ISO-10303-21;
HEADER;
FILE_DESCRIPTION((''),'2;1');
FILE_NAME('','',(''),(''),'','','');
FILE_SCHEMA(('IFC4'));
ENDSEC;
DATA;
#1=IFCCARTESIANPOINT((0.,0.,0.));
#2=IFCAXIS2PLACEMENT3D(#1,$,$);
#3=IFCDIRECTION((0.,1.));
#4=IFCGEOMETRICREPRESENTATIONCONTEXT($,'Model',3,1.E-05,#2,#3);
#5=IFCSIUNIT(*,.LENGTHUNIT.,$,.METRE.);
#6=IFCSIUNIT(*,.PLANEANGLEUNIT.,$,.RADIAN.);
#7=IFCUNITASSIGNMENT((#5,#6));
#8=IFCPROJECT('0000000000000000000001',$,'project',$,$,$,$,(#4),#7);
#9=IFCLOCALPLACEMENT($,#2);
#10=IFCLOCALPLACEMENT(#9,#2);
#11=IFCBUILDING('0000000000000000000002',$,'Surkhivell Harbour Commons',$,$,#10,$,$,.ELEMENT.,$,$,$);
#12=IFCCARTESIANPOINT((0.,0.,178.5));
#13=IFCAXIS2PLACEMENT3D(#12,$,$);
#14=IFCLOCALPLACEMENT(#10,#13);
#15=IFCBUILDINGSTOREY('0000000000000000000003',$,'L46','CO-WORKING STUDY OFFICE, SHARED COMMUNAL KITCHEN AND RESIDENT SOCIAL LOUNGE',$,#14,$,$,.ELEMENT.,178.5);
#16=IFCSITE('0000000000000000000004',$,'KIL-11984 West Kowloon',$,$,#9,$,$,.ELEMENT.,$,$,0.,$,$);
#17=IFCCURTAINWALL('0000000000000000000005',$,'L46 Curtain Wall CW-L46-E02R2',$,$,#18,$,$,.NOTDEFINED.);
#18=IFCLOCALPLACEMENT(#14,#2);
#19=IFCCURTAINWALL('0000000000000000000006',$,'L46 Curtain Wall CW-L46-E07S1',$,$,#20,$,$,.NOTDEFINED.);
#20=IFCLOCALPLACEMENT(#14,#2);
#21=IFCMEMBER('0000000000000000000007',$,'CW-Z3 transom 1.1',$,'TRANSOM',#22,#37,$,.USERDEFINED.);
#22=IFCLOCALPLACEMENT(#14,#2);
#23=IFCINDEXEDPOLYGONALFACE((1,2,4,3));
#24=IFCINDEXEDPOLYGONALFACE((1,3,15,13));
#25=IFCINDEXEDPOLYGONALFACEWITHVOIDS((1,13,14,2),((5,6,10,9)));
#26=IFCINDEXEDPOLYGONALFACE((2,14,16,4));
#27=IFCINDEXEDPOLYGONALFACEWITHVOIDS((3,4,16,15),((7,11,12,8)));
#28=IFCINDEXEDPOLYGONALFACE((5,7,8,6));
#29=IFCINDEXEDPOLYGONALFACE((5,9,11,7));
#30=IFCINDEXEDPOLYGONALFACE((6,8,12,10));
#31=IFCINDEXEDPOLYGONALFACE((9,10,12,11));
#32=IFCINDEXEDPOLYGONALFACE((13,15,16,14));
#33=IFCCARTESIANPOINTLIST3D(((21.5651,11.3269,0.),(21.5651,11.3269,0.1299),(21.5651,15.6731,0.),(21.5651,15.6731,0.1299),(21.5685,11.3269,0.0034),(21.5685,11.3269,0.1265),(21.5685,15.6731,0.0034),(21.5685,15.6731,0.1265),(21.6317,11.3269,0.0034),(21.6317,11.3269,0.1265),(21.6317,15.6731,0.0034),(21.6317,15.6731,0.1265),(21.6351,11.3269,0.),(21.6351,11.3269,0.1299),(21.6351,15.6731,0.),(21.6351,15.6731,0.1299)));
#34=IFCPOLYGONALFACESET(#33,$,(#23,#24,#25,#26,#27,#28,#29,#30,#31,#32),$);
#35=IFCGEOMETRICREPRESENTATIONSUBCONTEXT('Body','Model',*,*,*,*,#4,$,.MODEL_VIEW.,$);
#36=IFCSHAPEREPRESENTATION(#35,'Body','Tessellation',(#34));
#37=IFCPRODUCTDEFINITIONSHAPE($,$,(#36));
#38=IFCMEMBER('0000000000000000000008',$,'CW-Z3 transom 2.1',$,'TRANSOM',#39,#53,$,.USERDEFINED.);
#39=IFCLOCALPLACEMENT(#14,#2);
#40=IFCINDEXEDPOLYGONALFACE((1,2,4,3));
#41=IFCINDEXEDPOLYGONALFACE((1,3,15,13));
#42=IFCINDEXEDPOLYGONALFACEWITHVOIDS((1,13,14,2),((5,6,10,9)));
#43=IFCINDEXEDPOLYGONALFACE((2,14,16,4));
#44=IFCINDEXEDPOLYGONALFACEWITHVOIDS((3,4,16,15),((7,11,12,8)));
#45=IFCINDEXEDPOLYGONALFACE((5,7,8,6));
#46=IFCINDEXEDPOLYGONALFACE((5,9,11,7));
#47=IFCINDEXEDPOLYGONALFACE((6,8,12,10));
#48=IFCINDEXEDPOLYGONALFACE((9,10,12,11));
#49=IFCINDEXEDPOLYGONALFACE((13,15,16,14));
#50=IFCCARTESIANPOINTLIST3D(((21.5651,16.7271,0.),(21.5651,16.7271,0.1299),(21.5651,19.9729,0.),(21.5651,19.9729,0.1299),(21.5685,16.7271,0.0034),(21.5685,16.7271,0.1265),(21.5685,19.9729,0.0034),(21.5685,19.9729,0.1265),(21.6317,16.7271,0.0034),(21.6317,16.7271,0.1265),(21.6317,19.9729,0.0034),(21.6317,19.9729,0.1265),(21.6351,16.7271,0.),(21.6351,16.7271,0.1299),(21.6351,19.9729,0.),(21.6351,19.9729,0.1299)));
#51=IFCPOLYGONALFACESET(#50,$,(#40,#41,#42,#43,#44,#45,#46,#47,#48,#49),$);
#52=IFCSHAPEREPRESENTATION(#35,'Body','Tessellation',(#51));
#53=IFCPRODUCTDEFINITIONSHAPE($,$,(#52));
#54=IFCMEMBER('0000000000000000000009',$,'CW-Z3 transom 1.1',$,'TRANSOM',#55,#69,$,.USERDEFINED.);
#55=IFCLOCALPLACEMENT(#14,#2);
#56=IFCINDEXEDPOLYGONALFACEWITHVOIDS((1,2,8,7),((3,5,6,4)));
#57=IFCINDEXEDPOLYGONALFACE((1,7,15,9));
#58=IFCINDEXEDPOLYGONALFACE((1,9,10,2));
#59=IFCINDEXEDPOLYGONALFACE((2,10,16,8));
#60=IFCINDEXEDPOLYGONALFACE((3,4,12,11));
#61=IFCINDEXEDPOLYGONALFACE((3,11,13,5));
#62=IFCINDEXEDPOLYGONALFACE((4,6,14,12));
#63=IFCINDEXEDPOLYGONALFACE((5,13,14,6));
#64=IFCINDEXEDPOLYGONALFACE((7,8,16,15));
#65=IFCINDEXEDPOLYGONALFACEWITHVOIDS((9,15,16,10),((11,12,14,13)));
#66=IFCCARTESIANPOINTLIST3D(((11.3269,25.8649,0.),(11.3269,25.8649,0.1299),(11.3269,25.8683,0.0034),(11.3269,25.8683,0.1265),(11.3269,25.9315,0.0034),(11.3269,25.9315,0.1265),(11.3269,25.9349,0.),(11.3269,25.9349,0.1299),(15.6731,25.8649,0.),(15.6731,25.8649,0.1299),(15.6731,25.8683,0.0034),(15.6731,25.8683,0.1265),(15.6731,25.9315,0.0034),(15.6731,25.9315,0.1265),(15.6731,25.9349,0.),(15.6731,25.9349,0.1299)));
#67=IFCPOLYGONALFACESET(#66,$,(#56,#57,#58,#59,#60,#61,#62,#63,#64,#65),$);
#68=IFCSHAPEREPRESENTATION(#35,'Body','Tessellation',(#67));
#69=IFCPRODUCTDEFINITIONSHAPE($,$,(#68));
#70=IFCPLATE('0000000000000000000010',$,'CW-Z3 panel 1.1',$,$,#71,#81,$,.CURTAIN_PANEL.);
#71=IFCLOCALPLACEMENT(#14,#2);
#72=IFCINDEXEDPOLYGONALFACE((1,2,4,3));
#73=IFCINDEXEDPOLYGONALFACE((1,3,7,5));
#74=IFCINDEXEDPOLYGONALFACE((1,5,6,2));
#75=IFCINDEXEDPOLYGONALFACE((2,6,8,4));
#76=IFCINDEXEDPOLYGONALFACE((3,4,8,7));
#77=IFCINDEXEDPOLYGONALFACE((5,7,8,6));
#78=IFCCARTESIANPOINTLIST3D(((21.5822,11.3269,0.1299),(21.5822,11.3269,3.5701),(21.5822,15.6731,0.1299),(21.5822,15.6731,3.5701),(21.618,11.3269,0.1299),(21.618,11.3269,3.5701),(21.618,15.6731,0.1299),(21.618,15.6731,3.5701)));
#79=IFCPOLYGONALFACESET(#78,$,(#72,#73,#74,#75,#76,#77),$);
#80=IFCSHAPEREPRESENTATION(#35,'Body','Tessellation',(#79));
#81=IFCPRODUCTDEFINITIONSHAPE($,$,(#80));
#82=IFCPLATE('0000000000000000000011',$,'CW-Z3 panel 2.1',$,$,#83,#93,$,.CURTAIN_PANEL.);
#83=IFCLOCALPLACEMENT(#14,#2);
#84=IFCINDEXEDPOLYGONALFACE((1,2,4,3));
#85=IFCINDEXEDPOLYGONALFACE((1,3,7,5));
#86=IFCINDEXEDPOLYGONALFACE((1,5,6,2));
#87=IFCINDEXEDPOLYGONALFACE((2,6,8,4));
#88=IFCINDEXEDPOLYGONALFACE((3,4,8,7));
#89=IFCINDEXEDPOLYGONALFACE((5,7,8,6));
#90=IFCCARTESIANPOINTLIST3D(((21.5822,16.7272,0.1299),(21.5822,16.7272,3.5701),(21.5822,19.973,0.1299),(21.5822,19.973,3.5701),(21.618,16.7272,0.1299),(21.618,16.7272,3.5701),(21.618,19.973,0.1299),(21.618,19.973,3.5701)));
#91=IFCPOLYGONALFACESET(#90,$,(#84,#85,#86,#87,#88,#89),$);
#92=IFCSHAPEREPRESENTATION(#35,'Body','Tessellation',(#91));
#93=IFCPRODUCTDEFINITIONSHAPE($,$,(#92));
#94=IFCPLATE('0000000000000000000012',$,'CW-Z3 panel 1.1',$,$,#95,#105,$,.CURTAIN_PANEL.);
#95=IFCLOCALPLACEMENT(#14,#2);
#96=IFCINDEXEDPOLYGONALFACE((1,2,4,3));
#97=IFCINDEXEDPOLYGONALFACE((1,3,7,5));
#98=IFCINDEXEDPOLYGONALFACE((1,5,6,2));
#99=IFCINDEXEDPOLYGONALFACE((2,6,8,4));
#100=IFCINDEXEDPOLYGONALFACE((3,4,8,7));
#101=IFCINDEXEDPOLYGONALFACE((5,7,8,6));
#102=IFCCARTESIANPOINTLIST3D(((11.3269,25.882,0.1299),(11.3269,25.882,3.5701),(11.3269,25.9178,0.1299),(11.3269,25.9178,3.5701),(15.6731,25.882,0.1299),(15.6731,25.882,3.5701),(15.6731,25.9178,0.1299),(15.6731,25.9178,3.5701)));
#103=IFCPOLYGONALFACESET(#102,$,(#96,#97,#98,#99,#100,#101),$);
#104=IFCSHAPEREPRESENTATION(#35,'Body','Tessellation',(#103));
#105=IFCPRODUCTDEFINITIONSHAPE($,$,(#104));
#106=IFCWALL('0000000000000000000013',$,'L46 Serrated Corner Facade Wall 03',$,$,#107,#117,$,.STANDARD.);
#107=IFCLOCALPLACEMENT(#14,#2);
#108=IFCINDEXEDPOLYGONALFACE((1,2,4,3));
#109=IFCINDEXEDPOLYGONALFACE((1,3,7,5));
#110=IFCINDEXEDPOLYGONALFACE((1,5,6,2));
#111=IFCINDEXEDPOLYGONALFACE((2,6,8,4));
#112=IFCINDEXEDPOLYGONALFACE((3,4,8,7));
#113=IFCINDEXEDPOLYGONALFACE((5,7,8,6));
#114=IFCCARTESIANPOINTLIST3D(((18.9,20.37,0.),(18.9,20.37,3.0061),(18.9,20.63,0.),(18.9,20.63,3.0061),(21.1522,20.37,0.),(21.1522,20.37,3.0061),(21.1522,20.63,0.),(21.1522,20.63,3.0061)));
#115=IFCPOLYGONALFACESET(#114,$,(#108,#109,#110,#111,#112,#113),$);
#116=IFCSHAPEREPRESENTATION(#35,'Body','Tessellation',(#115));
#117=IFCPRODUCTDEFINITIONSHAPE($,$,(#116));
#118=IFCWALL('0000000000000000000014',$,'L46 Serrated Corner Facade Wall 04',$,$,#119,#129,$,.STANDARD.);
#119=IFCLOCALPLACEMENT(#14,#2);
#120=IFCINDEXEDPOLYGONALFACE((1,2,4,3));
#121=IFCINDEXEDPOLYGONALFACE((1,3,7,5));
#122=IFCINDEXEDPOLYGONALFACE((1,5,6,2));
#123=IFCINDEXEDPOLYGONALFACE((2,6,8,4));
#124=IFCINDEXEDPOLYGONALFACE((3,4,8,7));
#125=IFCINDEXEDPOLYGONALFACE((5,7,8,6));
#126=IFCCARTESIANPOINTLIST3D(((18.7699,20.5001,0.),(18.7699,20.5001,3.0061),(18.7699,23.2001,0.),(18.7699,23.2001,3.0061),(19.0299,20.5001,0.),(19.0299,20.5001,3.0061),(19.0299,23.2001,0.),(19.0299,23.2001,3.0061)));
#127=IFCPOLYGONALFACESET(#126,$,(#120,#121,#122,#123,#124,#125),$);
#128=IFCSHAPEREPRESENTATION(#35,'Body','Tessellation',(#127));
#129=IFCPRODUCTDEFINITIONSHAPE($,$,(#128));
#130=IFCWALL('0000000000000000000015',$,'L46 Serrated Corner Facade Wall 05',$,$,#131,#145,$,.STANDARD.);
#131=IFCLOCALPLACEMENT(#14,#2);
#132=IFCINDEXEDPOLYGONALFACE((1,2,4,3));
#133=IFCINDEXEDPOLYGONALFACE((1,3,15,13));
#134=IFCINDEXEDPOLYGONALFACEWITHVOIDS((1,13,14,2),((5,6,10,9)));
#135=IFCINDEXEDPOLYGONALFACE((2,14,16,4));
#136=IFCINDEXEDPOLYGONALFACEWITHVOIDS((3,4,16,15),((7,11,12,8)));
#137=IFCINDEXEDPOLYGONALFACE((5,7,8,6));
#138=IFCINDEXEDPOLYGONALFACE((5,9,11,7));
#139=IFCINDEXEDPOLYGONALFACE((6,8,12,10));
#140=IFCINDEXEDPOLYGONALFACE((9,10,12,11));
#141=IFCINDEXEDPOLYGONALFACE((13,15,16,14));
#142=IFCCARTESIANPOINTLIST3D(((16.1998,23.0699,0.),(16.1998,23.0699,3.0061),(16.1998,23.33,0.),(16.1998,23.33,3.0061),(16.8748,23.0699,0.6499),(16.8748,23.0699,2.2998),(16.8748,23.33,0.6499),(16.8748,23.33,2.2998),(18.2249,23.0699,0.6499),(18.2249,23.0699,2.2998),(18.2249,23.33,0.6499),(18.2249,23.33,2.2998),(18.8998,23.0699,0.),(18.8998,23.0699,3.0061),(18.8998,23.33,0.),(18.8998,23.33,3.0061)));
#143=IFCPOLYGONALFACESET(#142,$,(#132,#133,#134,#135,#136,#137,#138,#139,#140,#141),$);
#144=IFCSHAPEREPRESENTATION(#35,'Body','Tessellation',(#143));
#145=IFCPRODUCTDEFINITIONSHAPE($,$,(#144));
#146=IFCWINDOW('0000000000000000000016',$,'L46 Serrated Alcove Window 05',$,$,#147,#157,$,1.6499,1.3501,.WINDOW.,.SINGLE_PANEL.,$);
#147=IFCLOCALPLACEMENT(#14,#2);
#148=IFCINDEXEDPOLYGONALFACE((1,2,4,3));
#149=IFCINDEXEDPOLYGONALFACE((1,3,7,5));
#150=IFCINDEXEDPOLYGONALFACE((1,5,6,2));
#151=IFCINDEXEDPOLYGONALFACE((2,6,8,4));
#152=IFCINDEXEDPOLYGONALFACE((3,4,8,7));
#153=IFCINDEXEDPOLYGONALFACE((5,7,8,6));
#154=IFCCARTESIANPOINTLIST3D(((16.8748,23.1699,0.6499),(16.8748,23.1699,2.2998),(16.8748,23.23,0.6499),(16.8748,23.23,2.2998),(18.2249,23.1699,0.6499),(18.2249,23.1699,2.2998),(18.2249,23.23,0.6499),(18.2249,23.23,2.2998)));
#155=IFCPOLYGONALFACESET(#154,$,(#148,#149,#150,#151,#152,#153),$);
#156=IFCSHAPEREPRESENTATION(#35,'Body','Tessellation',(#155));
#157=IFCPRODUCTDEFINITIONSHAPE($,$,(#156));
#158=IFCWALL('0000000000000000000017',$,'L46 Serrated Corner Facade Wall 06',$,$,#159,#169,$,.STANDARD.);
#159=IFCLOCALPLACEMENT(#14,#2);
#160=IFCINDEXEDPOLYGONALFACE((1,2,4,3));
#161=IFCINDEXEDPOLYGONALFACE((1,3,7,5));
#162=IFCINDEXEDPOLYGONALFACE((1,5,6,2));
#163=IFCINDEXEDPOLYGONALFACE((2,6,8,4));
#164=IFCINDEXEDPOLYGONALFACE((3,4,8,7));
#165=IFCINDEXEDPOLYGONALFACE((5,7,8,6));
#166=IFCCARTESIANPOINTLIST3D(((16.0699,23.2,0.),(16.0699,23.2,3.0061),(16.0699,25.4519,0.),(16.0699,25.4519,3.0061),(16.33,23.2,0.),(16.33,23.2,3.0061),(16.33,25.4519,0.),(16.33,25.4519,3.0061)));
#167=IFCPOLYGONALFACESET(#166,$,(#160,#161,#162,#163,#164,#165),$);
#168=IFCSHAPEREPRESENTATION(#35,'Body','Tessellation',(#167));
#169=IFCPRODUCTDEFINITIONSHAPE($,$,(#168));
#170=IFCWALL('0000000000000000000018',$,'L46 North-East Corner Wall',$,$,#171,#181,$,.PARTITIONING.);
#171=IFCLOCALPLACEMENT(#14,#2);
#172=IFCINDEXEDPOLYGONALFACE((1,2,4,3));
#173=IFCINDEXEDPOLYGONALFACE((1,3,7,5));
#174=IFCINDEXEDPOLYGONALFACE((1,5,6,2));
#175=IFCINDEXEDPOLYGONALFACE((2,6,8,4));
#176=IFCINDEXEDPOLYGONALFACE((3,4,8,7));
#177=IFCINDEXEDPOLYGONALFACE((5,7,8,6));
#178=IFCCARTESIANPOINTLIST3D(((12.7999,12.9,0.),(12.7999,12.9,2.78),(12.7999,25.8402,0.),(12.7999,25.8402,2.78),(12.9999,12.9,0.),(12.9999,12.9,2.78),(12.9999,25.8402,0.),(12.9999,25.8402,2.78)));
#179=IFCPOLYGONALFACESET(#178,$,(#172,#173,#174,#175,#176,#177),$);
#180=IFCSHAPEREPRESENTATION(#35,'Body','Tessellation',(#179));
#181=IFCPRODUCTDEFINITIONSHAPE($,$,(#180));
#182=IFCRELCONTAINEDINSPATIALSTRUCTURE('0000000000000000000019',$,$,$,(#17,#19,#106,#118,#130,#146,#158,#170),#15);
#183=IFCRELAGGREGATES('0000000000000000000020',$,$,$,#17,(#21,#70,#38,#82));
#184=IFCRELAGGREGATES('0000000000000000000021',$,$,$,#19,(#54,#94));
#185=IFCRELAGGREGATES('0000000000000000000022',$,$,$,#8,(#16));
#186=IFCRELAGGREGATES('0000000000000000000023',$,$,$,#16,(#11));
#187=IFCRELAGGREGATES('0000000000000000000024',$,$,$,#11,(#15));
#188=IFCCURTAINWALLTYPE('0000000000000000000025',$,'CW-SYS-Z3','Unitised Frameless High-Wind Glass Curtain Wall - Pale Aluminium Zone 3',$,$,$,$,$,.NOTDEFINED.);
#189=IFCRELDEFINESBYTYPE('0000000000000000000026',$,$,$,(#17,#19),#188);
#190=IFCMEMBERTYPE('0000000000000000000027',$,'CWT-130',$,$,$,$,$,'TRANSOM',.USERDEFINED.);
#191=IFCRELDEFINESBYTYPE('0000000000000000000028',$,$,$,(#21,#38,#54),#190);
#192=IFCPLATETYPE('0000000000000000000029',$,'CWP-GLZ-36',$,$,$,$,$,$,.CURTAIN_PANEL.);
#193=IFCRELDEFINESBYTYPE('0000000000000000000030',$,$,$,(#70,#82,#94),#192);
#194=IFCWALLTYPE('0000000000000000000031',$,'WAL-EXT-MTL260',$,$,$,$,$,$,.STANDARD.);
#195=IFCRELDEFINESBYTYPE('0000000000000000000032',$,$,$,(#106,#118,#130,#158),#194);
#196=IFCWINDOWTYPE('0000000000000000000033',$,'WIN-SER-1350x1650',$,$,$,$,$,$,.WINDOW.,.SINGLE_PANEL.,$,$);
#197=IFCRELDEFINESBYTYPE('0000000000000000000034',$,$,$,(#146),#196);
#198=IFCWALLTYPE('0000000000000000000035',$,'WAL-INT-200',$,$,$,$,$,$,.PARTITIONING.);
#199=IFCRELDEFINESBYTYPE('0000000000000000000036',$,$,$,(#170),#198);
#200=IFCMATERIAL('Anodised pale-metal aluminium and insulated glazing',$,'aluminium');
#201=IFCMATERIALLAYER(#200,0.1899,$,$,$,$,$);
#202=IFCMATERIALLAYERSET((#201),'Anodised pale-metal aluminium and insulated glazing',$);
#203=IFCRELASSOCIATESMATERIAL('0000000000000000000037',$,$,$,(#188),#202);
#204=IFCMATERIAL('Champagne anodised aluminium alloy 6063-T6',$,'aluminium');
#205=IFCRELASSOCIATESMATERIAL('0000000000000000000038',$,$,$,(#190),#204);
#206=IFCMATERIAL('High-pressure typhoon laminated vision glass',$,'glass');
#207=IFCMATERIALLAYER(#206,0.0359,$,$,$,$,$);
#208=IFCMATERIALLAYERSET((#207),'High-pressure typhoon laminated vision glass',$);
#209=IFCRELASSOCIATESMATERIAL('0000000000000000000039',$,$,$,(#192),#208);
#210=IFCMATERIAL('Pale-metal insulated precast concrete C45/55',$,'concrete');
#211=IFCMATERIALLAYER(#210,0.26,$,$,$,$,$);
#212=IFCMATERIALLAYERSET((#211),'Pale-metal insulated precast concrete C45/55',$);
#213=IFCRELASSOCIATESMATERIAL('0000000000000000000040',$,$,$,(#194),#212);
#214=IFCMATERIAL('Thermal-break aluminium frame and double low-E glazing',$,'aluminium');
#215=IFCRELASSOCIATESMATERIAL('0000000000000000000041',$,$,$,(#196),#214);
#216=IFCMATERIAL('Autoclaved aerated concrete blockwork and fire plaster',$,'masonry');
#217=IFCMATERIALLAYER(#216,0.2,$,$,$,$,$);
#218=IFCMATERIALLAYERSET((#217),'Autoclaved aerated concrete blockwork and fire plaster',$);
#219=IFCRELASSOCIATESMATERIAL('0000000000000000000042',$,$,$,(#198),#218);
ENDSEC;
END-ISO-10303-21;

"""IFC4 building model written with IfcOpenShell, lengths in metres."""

from ifc_helpers import new_model, si_unit, direction, frame, frame_2d, origin, origin_2d, place, context, subcontext, project, spatial, rectangle, hollow_rectangle, extrude, material, layer, layer_set, material_profile, profile_set, type_object, element, fill, aggregate, save


model = new_model("IFC4")

# Units and contexts
model_context = context("Model", 3, precision=1e-05, world=origin(), true_north=direction((0.0, 1.0)))
body_context = subcontext(model_context, "Body", "Model", "MODEL_VIEW")
ifc_project = project(units=[si_unit("LENGTHUNIT", "METRE"), si_unit("PLANEANGLEUNIT", "RADIAN")], contexts=[model_context])

# Site, building, storey
site_placement = place(None, origin())
site = spatial("IfcSite", under=ifc_project, at=site_placement, Name="KIL-11984 West Kowloon", CompositionType="ELEMENT", RefElevation=0.0)
building_placement = place(site_placement, origin())
building = spatial("IfcBuilding", under=site, at=building_placement, Name="Surkhivell Harbour Commons", CompositionType="ELEMENT")
storey_placement = place(building_placement, frame((0.0, 0.0, 178.5)))
storey = spatial("IfcBuildingStorey", under=building, at=storey_placement, Name="L46", Description="CO-WORKING STUDY OFFICE, SHARED COMMUNAL KITCHEN AND RESIDENT SOCIAL LOUNGE", CompositionType="ELEMENT", Elevation=178.5)

# Curtain wall
ifc_material_1 = material(Name="Anodised pale-metal aluminium and insulated glazing", Category="aluminium")
ifc_layer_1 = layer(ifc_material_1, 0.1899)
ifc_layer_set_1 = layer_set([ifc_layer_1], Name="Anodised pale-metal aluminium and insulated glazing")
curtain_wall_type = type_object("IfcCurtainWallType", Name="CW-SYS-Z3", Description="Unitised Frameless High-Wind Glass Curtain Wall - Pale Aluminium Zone 3", PredefinedType="NOTDEFINED", material=ifc_layer_set_1)
curtain_wall_1_placement = place(storey_placement, origin())
curtain_wall_1 = element("IfcCurtainWall", 1, at=curtain_wall_1_placement, inside=storey, type_object=curtain_wall_type, Name="L46 Curtain Wall CW-L46-E02R2", PredefinedType="NOTDEFINED")

# Curtain wall
curtain_wall_2_placement = place(storey_placement, origin())
curtain_wall_2 = element("IfcCurtainWall", 2, at=curtain_wall_2_placement, inside=storey, type_object=curtain_wall_type, Name="L46 Curtain Wall CW-L46-E07S1", PredefinedType="NOTDEFINED")

# Members
ifc_material_2 = material(Name="Champagne anodised aluminium alloy 6063-T6", Category="aluminium")
ifc_material_profile_1 = material_profile(ifc_material_2, hollow_rectangle(XDim=0.0701, YDim=0.1299, WallThickness=0.0034, at=origin_2d()), Name="ALU-TRAN-70x130")
ifc_profile_set_1 = profile_set([ifc_material_profile_1], Name="Champagne anodised aluminium alloy 6063-T6")
member_type_1 = type_object("IfcMemberType", Name="CWT-130", ElementType="TRANSOM", PredefinedType="USERDEFINED", material=ifc_profile_set_1)
member_1_placement = place(storey_placement, frame((21.6001, 11.3269, 0.0649), z_axis=(0.0, 1.0, 0.0), x_axis=(-1.0, 0.0, 0.0)))
member_1 = element("IfcMember", 3, at=member_1_placement, type_object=member_type_1, Name="CW-Z3 transom 1.1", ObjectType="TRANSOM", PredefinedType="USERDEFINED", context=body_context, shape_type="SweptSolid", body=[
    extrude(hollow_rectangle(XDim=0.0701, YDim=0.1299, WallThickness=0.0034, at=origin_2d()), origin(), (0.0, 0.0, 1.0), 4.3462),
])
member_2_placement = place(storey_placement, frame((21.6001, 16.7271, 0.0649), z_axis=(0.0, 1.0, 0.0), x_axis=(-1.0, 0.0, 0.0)))
member_2 = element("IfcMember", 4, at=member_2_placement, type_object=member_type_1, Name="CW-Z3 transom 2.1", ObjectType="TRANSOM", PredefinedType="USERDEFINED", context=body_context, shape_type="SweptSolid", body=[
    extrude(hollow_rectangle(XDim=0.0701, YDim=0.1299, WallThickness=0.0034, at=origin_2d()), origin(), (0.0, 0.0, 1.0), 3.2458),
])
member_3_placement = place(storey_placement, frame((15.6731, 25.8999, 0.0649), z_axis=(-1.0, 0.0, 0.0), x_axis=(0.0, -1.0, 0.0)))
member_3 = element("IfcMember", 5, at=member_3_placement, type_object=member_type_1, Name="CW-Z3 transom 1.1", ObjectType="TRANSOM", PredefinedType="USERDEFINED", context=body_context, shape_type="SweptSolid", body=[
    extrude(hollow_rectangle(XDim=0.0701, YDim=0.1299, WallThickness=0.0034, at=origin_2d()), origin(), (0.0, 0.0, 1.0), 4.3462),
])

# Plates
ifc_material_3 = material(Name="High-pressure typhoon laminated vision glass", Category="glass")
ifc_layer_2 = layer(ifc_material_3, 0.0359)
ifc_layer_set_2 = layer_set([ifc_layer_2], Name="High-pressure typhoon laminated vision glass")
plate_type = type_object("IfcPlateType", Name="CWP-GLZ-36", PredefinedType="CURTAIN_PANEL", material=ifc_layer_set_2)
plate_1_placement = place(storey_placement, frame((21.6001, 11.3269, 0.1299), z_axis=(0.0, 0.0, 1.0), x_axis=(0.0, 1.0, 0.0)))
plate_1 = element("IfcPlate", 6, at=plate_1_placement, type_object=plate_type, Name="CW-Z3 panel 1.1", PredefinedType="CURTAIN_PANEL", context=body_context, shape_type="SweptSolid", body=[
    extrude(rectangle(XDim=4.3462, YDim=0.0359, at=frame_2d((2.1731, 0.0))), origin(), (0.0, 0.0, 1.0), 3.4402),
])
plate_2_placement = place(storey_placement, frame((21.6001, 16.7271, 0.1299), z_axis=(0.0, 0.0, 1.0), x_axis=(0.0, 1.0, 0.0)))
plate_2 = element("IfcPlate", 7, at=plate_2_placement, type_object=plate_type, Name="CW-Z3 panel 2.1", PredefinedType="CURTAIN_PANEL", context=body_context, shape_type="SweptSolid", body=[
    extrude(rectangle(XDim=3.2458, YDim=0.0359, at=frame_2d((1.623, 0.0))), origin(), (0.0, 0.0, 1.0), 3.4402),
])
aggregate(curtain_wall_1, [member_1, plate_1, member_2, plate_2])
plate_3_placement = place(storey_placement, frame((15.6731, 25.8999, 0.1299), z_axis=(0.0, 0.0, 1.0), x_axis=(-1.0, 0.0, 0.0)))
plate_3 = element("IfcPlate", 8, at=plate_3_placement, type_object=plate_type, Name="CW-Z3 panel 1.1", PredefinedType="CURTAIN_PANEL", context=body_context, shape_type="SweptSolid", body=[
    extrude(rectangle(XDim=4.3462, YDim=0.0359, at=frame_2d((2.1731, 0.0))), origin(), (0.0, 0.0, 1.0), 3.4402),
])
aggregate(curtain_wall_2, [member_3, plate_3])

# Walls
ifc_material_4 = material(Name="Pale-metal insulated precast concrete C45/55", Category="concrete")
ifc_layer_3 = layer(ifc_material_4, 0.26)
ifc_layer_set_3 = layer_set([ifc_layer_3], Name="Pale-metal insulated precast concrete C45/55")
wall_type_1 = type_object("IfcWallType", Name="WAL-EXT-MTL260", PredefinedType="STANDARD", material=ifc_layer_set_3)
wall_1_placement = place(storey_placement, frame((21.1521, 20.5, 0.0), z_axis=(0.0, 0.0, 1.0), x_axis=(-1.0, 0.0, 0.0)))
element("IfcWall", 9, at=wall_1_placement, inside=storey, type_object=wall_type_1, Name="L46 Serrated Corner Facade Wall 03", PredefinedType="STANDARD", context=body_context, shape_type="SweptSolid", body=[
    extrude(rectangle(XDim=2.2522, YDim=0.26, at=frame_2d((1.126, 0.0))), origin(), (0.0, 0.0, 1.0), 3.0061),
])
wall_2_placement = place(storey_placement, frame((18.8999, 20.5, 0.0), z_axis=(0.0, 0.0, 1.0), x_axis=(0.0, 1.0, 0.0)))
element("IfcWall", 10, at=wall_2_placement, inside=storey, type_object=wall_type_1, Name="L46 Serrated Corner Facade Wall 04", PredefinedType="STANDARD", context=body_context, shape_type="SweptSolid", body=[
    extrude(rectangle(XDim=2.7, YDim=0.26, at=frame_2d((1.3501, 0.0))), origin(), (0.0, 0.0, 1.0), 3.0061),
])

# Wall, opening, window
wall_3_placement = place(storey_placement, frame((18.8999, 23.2, 0.0), z_axis=(0.0, 0.0, 1.0), x_axis=(-1.0, 0.0, 0.0)))
wall_3 = element("IfcWall", 11, at=wall_3_placement, inside=storey, type_object=wall_type_1, Name="L46 Serrated Corner Facade Wall 05", PredefinedType="STANDARD", context=body_context, shape_type="SweptSolid", body=[
    extrude(rectangle(XDim=2.7, YDim=0.26, at=frame_2d((1.3501, 0.0))), origin(), (0.0, 0.0, 1.0), 3.0061),
])
opening_placement = place(wall_3_placement, frame((0.675, 0.0, 0.6499)))
opening = element("IfcOpeningElement", 12, at=opening_placement, cuts=wall_3, PredefinedType="OPENING", context=body_context, shape_type="SweptSolid", body=[
    extrude(rectangle(XDim=1.3501, YDim=1.6499, at=frame_2d((0.675, 0.825))), frame((0.0, 0.1399, 0.0), z_axis=(0.0, -1.0, 0.0), x_axis=(1.0, 0.0, 0.0)), (0.0, 0.0, 1.0), 0.28),
])
ifc_material_5 = material(Name="Thermal-break aluminium frame and double low-E glazing", Category="aluminium")
window_type = type_object("IfcWindowType", Name="WIN-SER-1350x1650", PartitioningType="SINGLE_PANEL", PredefinedType="WINDOW", material=ifc_material_5)
window_placement = place(opening_placement, origin())
window = element("IfcWindow", 13, at=window_placement, inside=storey, type_object=window_type, Name="L46 Serrated Alcove Window 05", OverallHeight=1.6499, OverallWidth=1.3501, PartitioningType="SINGLE_PANEL", PredefinedType="WINDOW", context=body_context, shape_type="SweptSolid", body=[
    extrude(rectangle(XDim=1.3501, YDim=1.6499, at=frame_2d((0.675, 0.825))), frame((0.0, 0.03, 0.0), z_axis=(0.0, -1.0, 0.0), x_axis=(1.0, 0.0, 0.0)), (0.0, 0.0, 1.0), 0.0601),
])
fill(opening, window)

# Walls
wall_4_placement = place(storey_placement, frame((16.2, 23.2, 0.0), z_axis=(0.0, 0.0, 1.0), x_axis=(0.0, 1.0, 0.0)))
element("IfcWall", 14, at=wall_4_placement, inside=storey, type_object=wall_type_1, Name="L46 Serrated Corner Facade Wall 06", PredefinedType="STANDARD", context=body_context, shape_type="SweptSolid", body=[
    extrude(rectangle(XDim=2.252, YDim=0.26, at=frame_2d((1.126, 0.0))), origin(), (0.0, 0.0, 1.0), 3.0061),
])
ifc_material_6 = material(Name="Autoclaved aerated concrete blockwork and fire plaster", Category="masonry")
ifc_layer_4 = layer(ifc_material_6, 0.2)
ifc_layer_set_4 = layer_set([ifc_layer_4], Name="Autoclaved aerated concrete blockwork and fire plaster")
wall_type_2 = type_object("IfcWallType", Name="WAL-INT-200", PredefinedType="PARTITIONING", material=ifc_layer_set_4)
wall_5_placement = place(storey_placement, frame((12.8999, 12.8999, 0.0), z_axis=(0.0, 0.0, 1.0), x_axis=(0.0, 1.0, 0.0)))
element("IfcWall", 15, at=wall_5_placement, inside=storey, type_object=wall_type_2, Name="L46 North-East Corner Wall", PredefinedType="PARTITIONING", context=body_context, shape_type="SweptSolid", body=[
    extrude(rectangle(XDim=12.9402, YDim=0.2, at=frame_2d((6.4702, 0.0))), origin(), (0.0, 0.0, 1.0), 2.78),
])

save(model, "model.ifc")
